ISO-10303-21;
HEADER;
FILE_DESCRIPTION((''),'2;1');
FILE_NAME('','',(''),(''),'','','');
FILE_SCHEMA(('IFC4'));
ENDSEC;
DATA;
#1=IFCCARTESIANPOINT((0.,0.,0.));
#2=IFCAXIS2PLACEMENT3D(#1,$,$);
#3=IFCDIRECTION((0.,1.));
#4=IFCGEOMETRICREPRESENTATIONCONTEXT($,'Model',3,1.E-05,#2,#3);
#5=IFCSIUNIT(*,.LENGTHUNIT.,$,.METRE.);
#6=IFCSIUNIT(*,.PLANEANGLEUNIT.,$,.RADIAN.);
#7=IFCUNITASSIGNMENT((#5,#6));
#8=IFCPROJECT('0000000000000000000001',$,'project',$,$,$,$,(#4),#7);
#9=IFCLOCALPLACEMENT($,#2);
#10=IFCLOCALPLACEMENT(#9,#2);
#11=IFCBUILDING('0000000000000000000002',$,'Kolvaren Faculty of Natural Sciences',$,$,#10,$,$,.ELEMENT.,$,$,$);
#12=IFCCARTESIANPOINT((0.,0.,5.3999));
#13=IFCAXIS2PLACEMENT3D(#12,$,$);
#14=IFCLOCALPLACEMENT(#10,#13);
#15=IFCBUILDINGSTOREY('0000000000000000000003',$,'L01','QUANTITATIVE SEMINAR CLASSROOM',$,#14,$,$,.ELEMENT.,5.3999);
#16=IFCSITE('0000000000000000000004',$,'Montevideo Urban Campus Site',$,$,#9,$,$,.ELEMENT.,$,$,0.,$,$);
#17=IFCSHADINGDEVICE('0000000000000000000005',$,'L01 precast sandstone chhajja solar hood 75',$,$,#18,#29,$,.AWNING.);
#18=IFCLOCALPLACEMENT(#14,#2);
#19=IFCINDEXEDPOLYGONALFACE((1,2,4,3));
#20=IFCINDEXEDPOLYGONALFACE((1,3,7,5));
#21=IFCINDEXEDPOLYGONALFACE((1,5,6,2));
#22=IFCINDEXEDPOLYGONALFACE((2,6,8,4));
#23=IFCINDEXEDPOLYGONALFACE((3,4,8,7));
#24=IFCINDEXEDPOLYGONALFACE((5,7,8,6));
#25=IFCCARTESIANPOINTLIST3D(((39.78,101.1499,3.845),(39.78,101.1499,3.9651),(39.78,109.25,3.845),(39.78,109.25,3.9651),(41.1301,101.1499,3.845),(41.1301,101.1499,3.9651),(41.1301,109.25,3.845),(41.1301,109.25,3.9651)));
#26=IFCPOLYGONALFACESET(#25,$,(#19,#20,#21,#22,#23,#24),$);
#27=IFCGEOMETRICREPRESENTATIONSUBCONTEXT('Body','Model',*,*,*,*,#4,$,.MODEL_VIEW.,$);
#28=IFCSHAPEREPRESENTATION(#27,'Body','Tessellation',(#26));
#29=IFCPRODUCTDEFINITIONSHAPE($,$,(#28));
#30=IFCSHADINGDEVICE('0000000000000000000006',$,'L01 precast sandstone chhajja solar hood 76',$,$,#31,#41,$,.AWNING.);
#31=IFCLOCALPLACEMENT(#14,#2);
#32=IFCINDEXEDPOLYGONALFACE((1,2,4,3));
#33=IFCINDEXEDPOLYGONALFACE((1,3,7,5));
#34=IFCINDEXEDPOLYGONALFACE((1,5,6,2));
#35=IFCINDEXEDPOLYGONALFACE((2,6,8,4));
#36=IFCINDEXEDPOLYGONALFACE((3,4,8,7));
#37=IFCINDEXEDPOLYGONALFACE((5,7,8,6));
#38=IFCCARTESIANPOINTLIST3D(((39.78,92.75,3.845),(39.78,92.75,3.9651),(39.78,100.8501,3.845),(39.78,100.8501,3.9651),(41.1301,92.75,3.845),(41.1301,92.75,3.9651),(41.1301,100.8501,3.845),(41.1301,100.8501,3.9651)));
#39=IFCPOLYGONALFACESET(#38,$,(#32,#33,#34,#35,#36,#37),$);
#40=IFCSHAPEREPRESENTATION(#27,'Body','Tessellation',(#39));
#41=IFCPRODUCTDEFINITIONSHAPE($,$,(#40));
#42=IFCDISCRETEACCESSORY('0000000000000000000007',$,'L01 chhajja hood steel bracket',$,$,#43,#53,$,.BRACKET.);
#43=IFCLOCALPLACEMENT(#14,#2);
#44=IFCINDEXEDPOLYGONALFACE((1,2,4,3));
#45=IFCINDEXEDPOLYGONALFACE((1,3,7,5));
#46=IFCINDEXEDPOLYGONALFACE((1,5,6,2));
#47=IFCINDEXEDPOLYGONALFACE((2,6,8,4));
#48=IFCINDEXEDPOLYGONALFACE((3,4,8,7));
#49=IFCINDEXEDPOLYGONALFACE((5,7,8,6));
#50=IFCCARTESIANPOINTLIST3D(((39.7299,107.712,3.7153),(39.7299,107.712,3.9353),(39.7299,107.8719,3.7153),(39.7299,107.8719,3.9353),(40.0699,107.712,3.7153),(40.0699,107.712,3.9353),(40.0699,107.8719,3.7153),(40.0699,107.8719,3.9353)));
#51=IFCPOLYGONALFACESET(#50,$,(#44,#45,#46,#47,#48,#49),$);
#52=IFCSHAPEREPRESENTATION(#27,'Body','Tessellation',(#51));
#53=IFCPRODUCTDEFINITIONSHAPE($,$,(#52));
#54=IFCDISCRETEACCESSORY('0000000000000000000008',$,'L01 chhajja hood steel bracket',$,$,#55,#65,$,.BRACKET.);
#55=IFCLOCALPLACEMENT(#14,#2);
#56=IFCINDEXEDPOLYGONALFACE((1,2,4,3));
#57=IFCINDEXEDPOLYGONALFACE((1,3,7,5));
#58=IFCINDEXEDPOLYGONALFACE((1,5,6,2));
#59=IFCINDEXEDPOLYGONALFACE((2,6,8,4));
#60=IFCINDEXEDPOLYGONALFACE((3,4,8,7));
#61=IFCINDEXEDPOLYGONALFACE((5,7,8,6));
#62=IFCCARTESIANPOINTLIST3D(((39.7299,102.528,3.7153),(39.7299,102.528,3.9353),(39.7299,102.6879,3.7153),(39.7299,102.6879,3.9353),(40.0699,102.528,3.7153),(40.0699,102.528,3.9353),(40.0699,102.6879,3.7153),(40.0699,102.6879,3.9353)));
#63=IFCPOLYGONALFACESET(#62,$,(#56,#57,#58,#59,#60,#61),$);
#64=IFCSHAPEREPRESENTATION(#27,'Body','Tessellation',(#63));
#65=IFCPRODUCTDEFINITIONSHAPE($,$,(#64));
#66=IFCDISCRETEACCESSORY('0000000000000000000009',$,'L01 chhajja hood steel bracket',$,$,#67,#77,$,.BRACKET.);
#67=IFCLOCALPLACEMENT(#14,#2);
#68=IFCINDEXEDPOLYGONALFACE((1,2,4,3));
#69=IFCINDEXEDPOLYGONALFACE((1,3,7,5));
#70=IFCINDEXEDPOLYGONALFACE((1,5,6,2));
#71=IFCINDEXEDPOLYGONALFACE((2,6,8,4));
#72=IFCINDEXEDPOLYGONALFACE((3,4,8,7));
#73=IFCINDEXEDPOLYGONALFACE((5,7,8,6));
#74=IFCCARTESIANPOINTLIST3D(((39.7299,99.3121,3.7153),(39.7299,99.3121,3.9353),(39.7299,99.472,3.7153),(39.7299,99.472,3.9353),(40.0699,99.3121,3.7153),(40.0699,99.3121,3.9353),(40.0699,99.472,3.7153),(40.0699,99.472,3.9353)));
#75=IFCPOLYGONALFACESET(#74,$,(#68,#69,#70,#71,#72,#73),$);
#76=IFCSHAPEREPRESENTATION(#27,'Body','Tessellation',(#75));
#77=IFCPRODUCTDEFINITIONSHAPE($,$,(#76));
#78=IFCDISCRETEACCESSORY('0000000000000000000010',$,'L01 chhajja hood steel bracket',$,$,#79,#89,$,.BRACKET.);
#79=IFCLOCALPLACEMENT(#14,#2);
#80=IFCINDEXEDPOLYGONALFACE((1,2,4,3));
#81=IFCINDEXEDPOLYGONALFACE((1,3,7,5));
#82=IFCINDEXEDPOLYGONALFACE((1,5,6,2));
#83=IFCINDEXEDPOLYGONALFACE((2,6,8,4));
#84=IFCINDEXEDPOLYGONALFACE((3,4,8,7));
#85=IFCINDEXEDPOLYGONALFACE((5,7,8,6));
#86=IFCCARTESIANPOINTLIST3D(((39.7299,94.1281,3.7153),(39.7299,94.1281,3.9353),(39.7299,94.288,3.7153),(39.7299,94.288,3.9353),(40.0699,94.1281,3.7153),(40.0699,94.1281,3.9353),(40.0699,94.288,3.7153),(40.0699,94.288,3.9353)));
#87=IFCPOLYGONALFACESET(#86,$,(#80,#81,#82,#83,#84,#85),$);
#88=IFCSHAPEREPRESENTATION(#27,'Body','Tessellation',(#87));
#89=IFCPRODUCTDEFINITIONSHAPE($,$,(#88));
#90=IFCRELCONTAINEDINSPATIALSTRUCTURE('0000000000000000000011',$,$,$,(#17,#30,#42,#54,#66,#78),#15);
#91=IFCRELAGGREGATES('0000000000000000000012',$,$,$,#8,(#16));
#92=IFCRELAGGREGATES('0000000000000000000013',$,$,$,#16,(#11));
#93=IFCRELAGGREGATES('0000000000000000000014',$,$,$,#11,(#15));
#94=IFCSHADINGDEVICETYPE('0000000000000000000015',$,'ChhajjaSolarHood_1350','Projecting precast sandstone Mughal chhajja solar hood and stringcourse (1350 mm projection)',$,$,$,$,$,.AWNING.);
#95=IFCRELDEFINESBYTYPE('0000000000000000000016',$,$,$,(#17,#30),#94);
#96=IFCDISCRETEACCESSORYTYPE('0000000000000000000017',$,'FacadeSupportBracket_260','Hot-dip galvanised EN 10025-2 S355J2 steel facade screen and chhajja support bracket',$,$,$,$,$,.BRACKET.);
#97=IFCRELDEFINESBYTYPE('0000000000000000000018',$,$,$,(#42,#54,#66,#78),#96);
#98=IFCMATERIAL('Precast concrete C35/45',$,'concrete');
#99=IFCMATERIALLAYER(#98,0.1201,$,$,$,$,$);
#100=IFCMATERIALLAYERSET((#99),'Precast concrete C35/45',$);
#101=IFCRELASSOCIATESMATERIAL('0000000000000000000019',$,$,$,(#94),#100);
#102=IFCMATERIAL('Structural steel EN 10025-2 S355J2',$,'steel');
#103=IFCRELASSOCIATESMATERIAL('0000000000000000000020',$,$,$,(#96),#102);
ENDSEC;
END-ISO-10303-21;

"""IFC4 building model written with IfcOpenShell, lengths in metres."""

from ifc_helpers import new_model, si_unit, direction, frame, origin, origin_2d, place, context, subcontext, project, spatial, rectangle, extrude, material, layer, layer_set, type_object, element, save


model = new_model("IFC4")

# Units and contexts
model_context = context("Model", 3, precision=1e-05, world=origin(), true_north=direction((0.0, 1.0)))
body_context = subcontext(model_context, "Body", "Model", "MODEL_VIEW")
ifc_project = project(units=[si_unit("LENGTHUNIT", "METRE"), si_unit("PLANEANGLEUNIT", "RADIAN")], contexts=[model_context])

# Site, building, storey
site_placement = place(None, origin())
site = spatial("IfcSite", under=ifc_project, at=site_placement, Name="Montevideo Urban Campus Site", CompositionType="ELEMENT", RefElevation=0.0)
building_placement = place(site_placement, origin())
building = spatial("IfcBuilding", under=site, at=building_placement, Name="Kolvaren Faculty of Natural Sciences", CompositionType="ELEMENT")
storey_placement = place(building_placement, frame((0.0, 0.0, 5.3999)))
storey = spatial("IfcBuildingStorey", under=building, at=storey_placement, Name="L01", Description="QUANTITATIVE SEMINAR CLASSROOM", CompositionType="ELEMENT", Elevation=5.3999)

# Shading devices
ifc_material_1 = material(Name="Precast concrete C35/45", Category="concrete")
ifc_layer_1 = layer(ifc_material_1, 0.1201)
ifc_layer_set_1 = layer_set([ifc_layer_1], Name="Precast concrete C35/45")
shading_device_type = type_object("IfcShadingDeviceType", Name="ChhajjaSolarHood_1350", Description="Projecting precast sandstone Mughal chhajja solar hood and stringcourse (1350 mm projection)", PredefinedType="AWNING", material=ifc_layer_set_1)
for number, where, z_axis, x_axis, name in (
    (1, (40.4551, 105.2, 3.845), (0.0, 0.0, 1.0), (0.0, -1.0, 0.0), "L01 precast sandstone chhajja solar hood 75"),
    (2, (40.4551, 96.8, 3.845), (0.0, 0.0, 1.0), (0.0, -1.0, 0.0), "L01 precast sandstone chhajja solar hood 76"),
):
    element("IfcShadingDevice", number, at=place(storey_placement, frame(where, z_axis=z_axis, x_axis=x_axis)), inside=storey, type_object=shading_device_type, Name=name, PredefinedType="AWNING", context=body_context, shape_type="SweptSolid", body=[
        extrude(rectangle(XDim=8.1001, YDim=1.3501, at=origin_2d()), origin(), (0.0, 0.0, 1.0), 0.1201),
    ])

# Discrete accessories
ifc_material_2 = material(Name="Structural steel EN 10025-2 S355J2", Category="steel")
discrete_accessory_type = type_object("IfcDiscreteAccessoryType", Name="FacadeSupportBracket_260", Description="Hot-dip galvanised EN 10025-2 S355J2 steel facade screen and chhajja support bracket", PredefinedType="BRACKET", material=ifc_material_2)
for number, where, z_axis, x_axis, name in (
    (3, (39.8999, 107.792, 3.7153), (0.0, 0.0, 1.0), (0.0, -1.0, 0.0), "L01 chhajja hood steel bracket"),
    (4, (39.8999, 102.6079, 3.7153), (0.0, 0.0, 1.0), (0.0, -1.0, 0.0), "L01 chhajja hood steel bracket"),
    (5, (39.8999, 99.3921, 3.7153), (0.0, 0.0, 1.0), (0.0, -1.0, 0.0), "L01 chhajja hood steel bracket"),
    (6, (39.8999, 94.208, 3.7153), (0.0, 0.0, 1.0), (0.0, -1.0, 0.0), "L01 chhajja hood steel bracket"),
):
    element("IfcDiscreteAccessory", number, at=place(storey_placement, frame(where, z_axis=z_axis, x_axis=x_axis)), inside=storey, type_object=discrete_accessory_type, Name=name, PredefinedType="BRACKET", context=body_context, shape_type="SweptSolid", body=[
        extrude(rectangle(XDim=0.1599, YDim=0.3401, at=origin_2d()), origin(), (0.0, 0.0, 1.0), 0.22),
    ])

save(model, "model.ifc")
